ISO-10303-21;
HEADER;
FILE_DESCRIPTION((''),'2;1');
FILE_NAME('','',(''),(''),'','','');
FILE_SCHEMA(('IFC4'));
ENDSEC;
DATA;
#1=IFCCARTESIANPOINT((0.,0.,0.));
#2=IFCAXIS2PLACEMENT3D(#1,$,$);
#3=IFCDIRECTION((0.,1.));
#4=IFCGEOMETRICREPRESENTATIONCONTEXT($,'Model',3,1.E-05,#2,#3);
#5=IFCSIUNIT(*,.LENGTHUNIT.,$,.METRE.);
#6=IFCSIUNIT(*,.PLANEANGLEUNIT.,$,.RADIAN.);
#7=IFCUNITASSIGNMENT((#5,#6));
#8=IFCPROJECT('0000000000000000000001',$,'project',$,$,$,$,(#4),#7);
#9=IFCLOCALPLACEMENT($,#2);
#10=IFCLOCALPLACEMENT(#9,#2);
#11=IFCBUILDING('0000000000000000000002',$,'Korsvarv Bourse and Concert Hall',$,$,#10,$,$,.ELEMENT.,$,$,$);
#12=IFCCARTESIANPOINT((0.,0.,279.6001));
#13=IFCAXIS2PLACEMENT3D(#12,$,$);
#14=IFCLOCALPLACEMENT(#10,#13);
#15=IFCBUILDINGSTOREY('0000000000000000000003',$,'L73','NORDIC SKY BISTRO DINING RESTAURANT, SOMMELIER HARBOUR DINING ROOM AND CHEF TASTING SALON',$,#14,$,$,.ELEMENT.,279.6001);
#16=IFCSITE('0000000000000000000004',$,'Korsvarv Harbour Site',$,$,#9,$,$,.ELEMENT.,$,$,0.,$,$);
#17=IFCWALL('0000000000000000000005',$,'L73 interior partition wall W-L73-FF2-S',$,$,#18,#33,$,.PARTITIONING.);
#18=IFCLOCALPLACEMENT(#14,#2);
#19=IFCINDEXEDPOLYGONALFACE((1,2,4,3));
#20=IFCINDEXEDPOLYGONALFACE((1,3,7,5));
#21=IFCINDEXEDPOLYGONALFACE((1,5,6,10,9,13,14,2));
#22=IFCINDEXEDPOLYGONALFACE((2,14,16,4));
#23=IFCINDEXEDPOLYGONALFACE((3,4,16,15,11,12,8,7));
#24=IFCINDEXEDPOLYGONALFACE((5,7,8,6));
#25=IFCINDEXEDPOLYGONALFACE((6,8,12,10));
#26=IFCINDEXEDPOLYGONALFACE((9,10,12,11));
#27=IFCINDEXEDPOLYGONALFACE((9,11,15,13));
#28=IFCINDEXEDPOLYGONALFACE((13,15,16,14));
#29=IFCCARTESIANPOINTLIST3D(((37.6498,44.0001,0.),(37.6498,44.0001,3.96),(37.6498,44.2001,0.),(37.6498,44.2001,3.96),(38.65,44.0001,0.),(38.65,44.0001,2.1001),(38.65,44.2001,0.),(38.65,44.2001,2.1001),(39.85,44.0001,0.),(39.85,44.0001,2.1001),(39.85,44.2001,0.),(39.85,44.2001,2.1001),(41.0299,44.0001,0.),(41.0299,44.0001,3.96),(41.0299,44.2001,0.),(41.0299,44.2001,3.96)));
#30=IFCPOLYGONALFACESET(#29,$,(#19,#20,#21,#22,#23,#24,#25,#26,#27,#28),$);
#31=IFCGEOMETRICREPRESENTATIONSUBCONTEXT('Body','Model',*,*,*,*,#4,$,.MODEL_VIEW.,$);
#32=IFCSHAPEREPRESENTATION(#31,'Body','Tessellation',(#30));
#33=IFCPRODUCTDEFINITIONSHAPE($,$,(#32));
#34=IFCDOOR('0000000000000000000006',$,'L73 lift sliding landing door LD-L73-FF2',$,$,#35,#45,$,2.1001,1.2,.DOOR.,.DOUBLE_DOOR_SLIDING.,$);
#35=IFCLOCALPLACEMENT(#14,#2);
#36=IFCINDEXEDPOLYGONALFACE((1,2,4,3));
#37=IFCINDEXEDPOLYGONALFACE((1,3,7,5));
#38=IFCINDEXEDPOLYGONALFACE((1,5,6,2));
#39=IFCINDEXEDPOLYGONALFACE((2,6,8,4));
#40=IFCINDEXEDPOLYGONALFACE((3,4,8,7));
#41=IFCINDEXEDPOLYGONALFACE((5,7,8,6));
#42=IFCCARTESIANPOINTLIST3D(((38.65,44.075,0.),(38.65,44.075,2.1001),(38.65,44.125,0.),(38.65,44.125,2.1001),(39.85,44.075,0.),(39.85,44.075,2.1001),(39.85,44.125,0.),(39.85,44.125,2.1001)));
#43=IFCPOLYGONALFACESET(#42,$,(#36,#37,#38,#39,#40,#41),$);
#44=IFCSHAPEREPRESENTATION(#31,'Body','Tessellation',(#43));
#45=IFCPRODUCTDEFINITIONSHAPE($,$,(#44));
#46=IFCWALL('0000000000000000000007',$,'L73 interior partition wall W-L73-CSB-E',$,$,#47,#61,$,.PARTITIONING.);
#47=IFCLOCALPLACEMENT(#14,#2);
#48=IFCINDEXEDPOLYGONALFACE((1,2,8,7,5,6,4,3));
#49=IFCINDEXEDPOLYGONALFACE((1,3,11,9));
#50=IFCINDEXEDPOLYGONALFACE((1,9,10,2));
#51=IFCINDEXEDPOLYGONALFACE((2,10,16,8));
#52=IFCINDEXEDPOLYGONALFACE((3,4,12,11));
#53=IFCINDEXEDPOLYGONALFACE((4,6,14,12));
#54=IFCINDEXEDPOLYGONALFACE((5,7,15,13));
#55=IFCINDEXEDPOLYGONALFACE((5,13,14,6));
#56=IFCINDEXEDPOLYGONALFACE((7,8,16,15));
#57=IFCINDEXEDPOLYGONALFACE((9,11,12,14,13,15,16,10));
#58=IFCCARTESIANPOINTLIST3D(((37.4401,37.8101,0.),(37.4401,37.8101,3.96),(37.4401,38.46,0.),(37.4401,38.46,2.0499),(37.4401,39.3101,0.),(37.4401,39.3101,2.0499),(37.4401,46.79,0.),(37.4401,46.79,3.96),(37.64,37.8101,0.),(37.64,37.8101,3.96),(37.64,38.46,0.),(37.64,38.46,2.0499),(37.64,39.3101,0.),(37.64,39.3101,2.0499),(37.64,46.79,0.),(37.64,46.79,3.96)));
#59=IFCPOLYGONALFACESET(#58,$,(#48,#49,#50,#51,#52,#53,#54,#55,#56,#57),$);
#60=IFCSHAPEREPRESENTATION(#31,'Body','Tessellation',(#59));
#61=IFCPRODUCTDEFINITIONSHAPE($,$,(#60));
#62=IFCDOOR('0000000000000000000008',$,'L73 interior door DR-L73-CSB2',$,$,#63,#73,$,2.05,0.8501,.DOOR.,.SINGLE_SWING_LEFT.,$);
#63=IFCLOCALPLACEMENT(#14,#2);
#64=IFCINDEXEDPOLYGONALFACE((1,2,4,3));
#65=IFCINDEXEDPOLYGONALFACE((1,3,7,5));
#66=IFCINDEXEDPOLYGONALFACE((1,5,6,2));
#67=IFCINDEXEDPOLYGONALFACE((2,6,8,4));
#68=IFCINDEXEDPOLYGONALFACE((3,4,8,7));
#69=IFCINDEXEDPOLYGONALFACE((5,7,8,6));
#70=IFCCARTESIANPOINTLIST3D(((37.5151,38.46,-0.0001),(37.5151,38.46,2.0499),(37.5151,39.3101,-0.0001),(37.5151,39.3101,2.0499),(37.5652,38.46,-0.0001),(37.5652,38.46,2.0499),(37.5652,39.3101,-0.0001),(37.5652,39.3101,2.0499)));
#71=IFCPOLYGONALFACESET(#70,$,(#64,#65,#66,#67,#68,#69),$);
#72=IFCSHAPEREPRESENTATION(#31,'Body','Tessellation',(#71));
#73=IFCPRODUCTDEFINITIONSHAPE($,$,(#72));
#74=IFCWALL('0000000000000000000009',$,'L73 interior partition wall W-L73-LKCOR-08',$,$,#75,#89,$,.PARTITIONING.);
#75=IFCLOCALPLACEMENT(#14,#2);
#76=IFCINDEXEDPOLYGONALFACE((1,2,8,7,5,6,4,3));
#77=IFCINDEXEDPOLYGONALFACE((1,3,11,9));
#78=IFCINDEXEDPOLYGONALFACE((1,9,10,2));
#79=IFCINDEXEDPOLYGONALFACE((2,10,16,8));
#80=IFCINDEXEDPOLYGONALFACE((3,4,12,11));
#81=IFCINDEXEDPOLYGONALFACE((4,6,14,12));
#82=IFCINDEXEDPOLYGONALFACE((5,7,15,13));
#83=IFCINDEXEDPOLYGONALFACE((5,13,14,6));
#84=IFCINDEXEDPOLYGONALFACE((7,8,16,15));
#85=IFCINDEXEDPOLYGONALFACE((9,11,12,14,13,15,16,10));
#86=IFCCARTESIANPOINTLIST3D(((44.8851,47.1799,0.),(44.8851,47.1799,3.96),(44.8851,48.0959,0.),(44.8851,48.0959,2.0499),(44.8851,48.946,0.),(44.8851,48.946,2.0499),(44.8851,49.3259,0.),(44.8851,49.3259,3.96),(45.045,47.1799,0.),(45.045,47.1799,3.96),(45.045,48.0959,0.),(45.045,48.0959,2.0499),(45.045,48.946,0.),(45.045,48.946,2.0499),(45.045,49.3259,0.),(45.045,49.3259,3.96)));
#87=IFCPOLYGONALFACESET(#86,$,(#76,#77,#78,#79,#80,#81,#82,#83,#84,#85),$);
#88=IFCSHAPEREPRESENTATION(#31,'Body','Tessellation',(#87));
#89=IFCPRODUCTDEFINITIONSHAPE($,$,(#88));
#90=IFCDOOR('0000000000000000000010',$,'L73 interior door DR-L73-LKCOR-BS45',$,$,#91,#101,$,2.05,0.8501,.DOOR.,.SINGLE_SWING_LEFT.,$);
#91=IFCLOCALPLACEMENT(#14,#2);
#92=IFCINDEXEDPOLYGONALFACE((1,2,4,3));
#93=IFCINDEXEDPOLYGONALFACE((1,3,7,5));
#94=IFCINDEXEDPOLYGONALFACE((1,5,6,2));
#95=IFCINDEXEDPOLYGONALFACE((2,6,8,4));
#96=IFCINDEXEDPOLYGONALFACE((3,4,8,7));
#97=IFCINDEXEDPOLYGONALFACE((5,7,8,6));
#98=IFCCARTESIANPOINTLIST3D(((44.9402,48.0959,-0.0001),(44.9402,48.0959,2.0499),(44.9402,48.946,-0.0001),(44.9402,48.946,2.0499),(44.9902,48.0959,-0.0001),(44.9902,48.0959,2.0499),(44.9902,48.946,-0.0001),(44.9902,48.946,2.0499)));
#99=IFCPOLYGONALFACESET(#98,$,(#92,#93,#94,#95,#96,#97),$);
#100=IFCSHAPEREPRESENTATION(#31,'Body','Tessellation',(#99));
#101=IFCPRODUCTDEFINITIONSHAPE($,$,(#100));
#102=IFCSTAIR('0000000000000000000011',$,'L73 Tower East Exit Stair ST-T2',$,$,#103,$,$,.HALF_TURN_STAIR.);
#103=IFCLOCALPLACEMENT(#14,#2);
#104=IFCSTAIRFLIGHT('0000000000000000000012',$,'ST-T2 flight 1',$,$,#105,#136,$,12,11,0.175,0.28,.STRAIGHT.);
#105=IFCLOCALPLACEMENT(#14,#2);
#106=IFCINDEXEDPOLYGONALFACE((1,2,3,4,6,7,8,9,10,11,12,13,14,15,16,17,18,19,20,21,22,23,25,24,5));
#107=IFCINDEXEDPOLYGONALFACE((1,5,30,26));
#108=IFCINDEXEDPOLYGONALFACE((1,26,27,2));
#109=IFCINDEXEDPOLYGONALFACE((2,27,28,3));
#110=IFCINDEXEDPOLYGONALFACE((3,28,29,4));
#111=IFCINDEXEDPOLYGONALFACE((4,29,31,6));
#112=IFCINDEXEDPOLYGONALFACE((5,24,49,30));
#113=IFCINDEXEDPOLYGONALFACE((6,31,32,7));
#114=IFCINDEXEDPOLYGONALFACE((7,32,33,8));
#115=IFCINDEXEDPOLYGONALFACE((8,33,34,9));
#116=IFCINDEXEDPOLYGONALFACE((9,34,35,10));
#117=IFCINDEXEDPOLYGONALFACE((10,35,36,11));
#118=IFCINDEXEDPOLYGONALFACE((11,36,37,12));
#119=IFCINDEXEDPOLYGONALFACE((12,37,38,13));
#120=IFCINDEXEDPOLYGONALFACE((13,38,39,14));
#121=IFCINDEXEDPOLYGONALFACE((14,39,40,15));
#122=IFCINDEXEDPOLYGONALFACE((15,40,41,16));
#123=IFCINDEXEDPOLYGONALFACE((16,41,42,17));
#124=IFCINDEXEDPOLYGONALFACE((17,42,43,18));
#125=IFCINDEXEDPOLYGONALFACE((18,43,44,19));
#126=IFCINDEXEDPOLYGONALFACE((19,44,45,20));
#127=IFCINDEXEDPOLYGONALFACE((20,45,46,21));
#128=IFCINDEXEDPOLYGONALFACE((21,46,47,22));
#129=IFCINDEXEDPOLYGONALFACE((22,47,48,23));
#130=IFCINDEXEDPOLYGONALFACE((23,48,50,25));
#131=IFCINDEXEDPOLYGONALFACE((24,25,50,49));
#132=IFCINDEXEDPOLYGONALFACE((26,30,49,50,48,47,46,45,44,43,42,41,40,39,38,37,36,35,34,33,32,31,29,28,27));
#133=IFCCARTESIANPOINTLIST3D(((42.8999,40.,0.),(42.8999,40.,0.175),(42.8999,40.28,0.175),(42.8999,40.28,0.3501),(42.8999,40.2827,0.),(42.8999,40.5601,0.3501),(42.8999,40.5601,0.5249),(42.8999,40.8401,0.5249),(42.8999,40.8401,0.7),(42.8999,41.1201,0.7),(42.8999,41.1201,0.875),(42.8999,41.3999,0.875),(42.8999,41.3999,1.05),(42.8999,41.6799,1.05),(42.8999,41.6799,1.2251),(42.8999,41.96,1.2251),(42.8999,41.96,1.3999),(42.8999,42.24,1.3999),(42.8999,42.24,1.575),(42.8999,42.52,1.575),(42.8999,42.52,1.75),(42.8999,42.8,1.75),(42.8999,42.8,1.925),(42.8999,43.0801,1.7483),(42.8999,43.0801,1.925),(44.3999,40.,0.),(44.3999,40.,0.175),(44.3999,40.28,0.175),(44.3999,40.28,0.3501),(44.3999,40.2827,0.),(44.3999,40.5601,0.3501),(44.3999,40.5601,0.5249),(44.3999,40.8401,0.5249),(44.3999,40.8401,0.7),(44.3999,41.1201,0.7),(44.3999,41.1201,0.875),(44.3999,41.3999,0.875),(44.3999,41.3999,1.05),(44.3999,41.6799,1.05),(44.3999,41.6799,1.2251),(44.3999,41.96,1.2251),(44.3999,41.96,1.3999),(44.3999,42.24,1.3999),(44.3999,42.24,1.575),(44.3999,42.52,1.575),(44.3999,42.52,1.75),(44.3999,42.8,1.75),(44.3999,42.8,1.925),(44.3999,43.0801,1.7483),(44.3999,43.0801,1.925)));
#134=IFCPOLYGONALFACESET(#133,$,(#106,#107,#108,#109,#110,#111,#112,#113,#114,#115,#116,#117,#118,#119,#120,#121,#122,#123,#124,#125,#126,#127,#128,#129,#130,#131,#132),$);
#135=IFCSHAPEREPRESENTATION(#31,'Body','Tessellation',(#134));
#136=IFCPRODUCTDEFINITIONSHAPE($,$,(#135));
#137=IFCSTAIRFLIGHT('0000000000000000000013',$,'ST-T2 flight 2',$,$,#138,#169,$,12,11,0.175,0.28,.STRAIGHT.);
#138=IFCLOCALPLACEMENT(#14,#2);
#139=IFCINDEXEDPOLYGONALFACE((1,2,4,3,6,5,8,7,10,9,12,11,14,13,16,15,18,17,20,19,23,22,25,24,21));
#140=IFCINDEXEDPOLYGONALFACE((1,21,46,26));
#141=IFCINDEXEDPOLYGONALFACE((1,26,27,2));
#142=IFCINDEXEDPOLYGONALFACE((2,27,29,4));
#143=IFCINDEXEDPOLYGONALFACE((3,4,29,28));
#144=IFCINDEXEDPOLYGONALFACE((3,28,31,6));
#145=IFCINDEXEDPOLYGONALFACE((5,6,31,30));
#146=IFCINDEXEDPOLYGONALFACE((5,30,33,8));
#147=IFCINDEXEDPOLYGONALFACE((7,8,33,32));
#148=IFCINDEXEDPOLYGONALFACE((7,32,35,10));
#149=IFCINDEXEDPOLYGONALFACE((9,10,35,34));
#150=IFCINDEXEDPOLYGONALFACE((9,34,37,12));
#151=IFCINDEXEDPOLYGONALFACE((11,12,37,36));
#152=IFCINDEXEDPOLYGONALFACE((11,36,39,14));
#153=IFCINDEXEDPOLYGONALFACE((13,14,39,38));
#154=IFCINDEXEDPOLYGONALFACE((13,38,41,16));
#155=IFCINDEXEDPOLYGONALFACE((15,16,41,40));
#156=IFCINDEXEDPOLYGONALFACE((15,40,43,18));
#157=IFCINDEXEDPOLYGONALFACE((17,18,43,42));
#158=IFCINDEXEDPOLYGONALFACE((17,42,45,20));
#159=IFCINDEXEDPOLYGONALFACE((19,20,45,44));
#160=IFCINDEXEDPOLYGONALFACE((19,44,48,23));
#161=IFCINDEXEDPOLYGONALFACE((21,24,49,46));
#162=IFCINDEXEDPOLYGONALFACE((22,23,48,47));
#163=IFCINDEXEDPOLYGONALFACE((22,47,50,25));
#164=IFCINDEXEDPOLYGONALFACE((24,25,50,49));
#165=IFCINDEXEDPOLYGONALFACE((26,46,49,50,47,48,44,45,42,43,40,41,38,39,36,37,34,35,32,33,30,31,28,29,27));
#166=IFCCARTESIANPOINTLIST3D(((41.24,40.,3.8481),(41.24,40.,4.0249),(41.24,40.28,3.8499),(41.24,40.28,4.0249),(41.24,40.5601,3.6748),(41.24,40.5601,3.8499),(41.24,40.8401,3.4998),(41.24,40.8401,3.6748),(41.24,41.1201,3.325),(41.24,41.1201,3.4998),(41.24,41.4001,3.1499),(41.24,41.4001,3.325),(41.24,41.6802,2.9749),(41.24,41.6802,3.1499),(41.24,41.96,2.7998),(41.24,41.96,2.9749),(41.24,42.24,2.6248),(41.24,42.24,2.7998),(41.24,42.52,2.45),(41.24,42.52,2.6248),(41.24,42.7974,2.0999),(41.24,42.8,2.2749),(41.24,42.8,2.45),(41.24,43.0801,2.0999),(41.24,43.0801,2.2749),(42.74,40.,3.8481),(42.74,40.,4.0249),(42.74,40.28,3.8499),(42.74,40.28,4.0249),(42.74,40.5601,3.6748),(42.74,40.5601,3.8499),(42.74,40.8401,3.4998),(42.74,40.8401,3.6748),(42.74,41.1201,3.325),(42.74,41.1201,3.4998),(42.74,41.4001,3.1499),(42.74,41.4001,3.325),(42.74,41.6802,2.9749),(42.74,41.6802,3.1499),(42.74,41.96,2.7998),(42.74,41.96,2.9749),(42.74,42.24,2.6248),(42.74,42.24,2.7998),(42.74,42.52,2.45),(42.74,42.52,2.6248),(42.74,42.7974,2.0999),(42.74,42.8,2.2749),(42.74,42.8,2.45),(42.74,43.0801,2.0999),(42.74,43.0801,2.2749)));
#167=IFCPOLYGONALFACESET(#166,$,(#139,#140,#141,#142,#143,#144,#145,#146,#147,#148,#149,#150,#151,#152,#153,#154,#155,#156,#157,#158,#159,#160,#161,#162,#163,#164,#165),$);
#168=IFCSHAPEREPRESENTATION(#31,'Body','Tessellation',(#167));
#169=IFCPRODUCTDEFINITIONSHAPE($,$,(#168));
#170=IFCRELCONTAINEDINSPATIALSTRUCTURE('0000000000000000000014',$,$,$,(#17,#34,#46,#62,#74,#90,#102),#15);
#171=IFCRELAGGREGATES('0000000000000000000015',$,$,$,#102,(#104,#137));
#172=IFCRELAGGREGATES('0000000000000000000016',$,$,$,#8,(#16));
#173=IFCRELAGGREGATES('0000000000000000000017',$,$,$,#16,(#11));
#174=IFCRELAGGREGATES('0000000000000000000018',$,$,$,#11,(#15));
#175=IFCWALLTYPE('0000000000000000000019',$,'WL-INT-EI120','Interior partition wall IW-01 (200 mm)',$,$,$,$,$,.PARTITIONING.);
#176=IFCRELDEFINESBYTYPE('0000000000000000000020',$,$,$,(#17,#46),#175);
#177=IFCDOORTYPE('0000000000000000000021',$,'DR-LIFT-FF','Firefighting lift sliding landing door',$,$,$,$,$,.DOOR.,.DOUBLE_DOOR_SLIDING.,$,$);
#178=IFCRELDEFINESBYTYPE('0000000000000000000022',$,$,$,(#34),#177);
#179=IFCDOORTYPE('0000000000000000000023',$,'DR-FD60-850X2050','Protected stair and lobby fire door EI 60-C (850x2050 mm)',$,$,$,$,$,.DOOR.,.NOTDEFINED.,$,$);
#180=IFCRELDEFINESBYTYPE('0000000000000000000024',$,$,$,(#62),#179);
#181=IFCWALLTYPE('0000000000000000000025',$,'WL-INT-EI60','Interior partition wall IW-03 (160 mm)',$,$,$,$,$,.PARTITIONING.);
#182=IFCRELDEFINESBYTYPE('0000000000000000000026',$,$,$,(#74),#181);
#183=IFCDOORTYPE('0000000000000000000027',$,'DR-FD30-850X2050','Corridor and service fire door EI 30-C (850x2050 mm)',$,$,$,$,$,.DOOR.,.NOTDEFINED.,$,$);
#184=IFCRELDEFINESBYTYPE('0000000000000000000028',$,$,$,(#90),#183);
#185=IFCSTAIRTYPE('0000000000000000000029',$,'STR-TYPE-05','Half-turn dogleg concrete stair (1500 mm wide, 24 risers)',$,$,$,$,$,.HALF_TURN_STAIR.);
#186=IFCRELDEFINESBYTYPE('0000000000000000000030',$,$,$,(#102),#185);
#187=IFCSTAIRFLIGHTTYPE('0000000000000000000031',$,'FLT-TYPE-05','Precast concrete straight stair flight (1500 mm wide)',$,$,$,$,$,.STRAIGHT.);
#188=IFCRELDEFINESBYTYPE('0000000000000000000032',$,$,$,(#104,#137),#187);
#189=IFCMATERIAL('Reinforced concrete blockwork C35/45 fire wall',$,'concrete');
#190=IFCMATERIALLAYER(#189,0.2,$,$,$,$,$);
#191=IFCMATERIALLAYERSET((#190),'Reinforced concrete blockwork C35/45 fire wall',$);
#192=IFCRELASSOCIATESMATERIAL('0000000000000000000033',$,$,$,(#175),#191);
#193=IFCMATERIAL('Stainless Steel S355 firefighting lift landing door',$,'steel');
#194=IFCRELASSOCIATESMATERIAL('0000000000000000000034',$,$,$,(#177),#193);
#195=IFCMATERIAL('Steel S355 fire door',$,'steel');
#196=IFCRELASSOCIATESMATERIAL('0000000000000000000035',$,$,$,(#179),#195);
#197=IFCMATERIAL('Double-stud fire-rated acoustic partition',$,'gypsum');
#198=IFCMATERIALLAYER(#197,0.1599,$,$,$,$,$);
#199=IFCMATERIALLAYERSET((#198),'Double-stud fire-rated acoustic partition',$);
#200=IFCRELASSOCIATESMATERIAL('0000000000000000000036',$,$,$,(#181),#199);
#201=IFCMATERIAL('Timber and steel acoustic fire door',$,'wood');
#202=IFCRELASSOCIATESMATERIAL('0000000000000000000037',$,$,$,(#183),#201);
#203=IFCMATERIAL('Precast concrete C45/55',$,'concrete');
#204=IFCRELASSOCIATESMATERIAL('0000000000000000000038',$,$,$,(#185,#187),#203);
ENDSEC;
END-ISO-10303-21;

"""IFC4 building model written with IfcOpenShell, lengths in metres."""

from ifc_helpers import new_model, si_unit, direction, frame, frame_2d, origin, place, context, subcontext, project, spatial, polyline, rectangle, outline, extrude, material, layer, layer_set, type_object, element, fill, aggregate, save


model = new_model("IFC4")

# Units and contexts
model_context = context("Model", 3, precision=1e-05, world=origin(), true_north=direction((0.0, 1.0)))
body_context = subcontext(model_context, "Body", "Model", "MODEL_VIEW")
ifc_project = project(units=[si_unit("LENGTHUNIT", "METRE"), si_unit("PLANEANGLEUNIT", "RADIAN")], contexts=[model_context])

# Site, building, storey
site_placement = place(None, origin())
site = spatial("IfcSite", under=ifc_project, at=site_placement, Name="Korsvarv Harbour Site", CompositionType="ELEMENT", RefElevation=0.0)
building_placement = place(site_placement, origin())
building = spatial("IfcBuilding", under=site, at=building_placement, Name="Korsvarv Bourse and Concert Hall", CompositionType="ELEMENT")
storey_placement = place(building_placement, frame((0.0, 0.0, 279.6001)))
storey = spatial("IfcBuildingStorey", under=building, at=storey_placement, Name="L73", Description="NORDIC SKY BISTRO DINING RESTAURANT, SOMMELIER HARBOUR DINING ROOM AND CHEF TASTING SALON", CompositionType="ELEMENT", Elevation=279.6001)

# Shared definitions
ifc_material_1 = material(Name="Steel S355 fire door", Category="steel")

# Walls, openings, doors
ifc_material_2 = material(Name="Reinforced concrete blockwork C35/45 fire wall", Category="concrete")
ifc_layer_1 = layer(ifc_material_2, 0.2)
ifc_layer_set_1 = layer_set([ifc_layer_1], Name="Reinforced concrete blockwork C35/45 fire wall")
wall_type_1 = type_object("IfcWallType", Name="WL-INT-EI120", Description="Interior partition wall IW-01 (200 mm)", PredefinedType="PARTITIONING", material=ifc_layer_set_1)
wall_1_placement = place(storey_placement, frame((37.6499, 44.1001, 0.0), z_axis=(0.0, 0.0, 1.0), x_axis=(1.0, 0.0, 0.0)))
wall_1 = element("IfcWall", 1, at=wall_1_placement, inside=storey, type_object=wall_type_1, Name="L73 interior partition wall W-L73-FF2-S", PredefinedType="PARTITIONING", context=body_context, shape_type="SweptSolid", body=[
    extrude(rectangle(XDim=3.3801, YDim=0.2, at=frame_2d((1.6899, 0.0))), origin(), (0.0, 0.0, 1.0), 3.96),
])
opening_1_placement = place(wall_1_placement, frame((1.0, 0.0, 0.0)))
opening_1 = element("IfcOpeningElement", 2, at=opening_1_placement, cuts=wall_1, PredefinedType="OPENING", context=body_context, shape_type="SweptSolid", body=[
    extrude(rectangle(XDim=1.2, YDim=2.1001, at=frame_2d((0.6001, 1.05))), frame((0.0, 0.1099, 0.0), z_axis=(0.0, -1.0, 0.0), x_axis=(1.0, 0.0, 0.0)), (0.0, 0.0, 1.0), 0.22),
])
ifc_material_3 = material(Name="Stainless Steel S355 firefighting lift landing door", Category="steel")
door_type_1 = type_object("IfcDoorType", Name="DR-LIFT-FF", Description="Firefighting lift sliding landing door", OperationType="DOUBLE_DOOR_SLIDING", PredefinedType="DOOR", material=ifc_material_3)
door_1_placement = place(opening_1_placement, origin())
door_1 = element("IfcDoor", 3, at=door_1_placement, inside=storey, type_object=door_type_1, Name="L73 lift sliding landing door LD-L73-FF2", OperationType="DOUBLE_DOOR_SLIDING", OverallHeight=2.1001, OverallWidth=1.2, PredefinedType="DOOR", context=body_context, shape_type="SweptSolid", body=[
    extrude(rectangle(XDim=1.2, YDim=2.1001, at=frame_2d((0.6001, 1.05))), frame((0.0, 0.0249, 0.0), z_axis=(0.0, -1.0, 0.0), x_axis=(1.0, 0.0, 0.0)), (0.0, 0.0, 1.0), 0.05),
])
fill(opening_1, door_1)
wall_2_placement = place(storey_placement, frame((37.54, 37.8101, 0.0), z_axis=(0.0, 0.0, 1.0), x_axis=(0.0, 1.0, 0.0)))
wall_2 = element("IfcWall", 4, at=wall_2_placement, inside=storey, type_object=wall_type_1, Name="L73 interior partition wall W-L73-CSB-E", PredefinedType="PARTITIONING", context=body_context, shape_type="SweptSolid", body=[
    extrude(rectangle(XDim=8.98, YDim=0.2, at=frame_2d((4.49, 0.0))), origin(), (0.0, 0.0, 1.0), 3.96),
])
opening_2_placement = place(wall_2_placement, frame((0.6499, 0.0, 0.0)))
opening_2 = element("IfcOpeningElement", 5, at=opening_2_placement, cuts=wall_2, PredefinedType="OPENING", context=body_context, shape_type="SweptSolid", body=[
    extrude(rectangle(XDim=0.8501, YDim=2.05, at=frame_2d((0.425, 1.0249))), frame((0.0, 0.1099, 0.0), z_axis=(0.0, -1.0, 0.0), x_axis=(1.0, 0.0, 0.0)), (0.0, 0.0, 1.0), 0.22),
])
door_type_2 = type_object("IfcDoorType", Name="DR-FD60-850X2050", Description="Protected stair and lobby fire door EI 60-C (850x2050 mm)", OperationType="NOTDEFINED", PredefinedType="DOOR", material=ifc_material_1)
door_2_placement = place(opening_2_placement, origin())
door_2 = element("IfcDoor", 6, at=door_2_placement, inside=storey, type_object=door_type_2, Name="L73 interior door DR-L73-CSB2", OperationType="SINGLE_SWING_LEFT", OverallHeight=2.05, OverallWidth=0.8501, PredefinedType="DOOR", context=body_context, shape_type="SweptSolid", body=[
    extrude(rectangle(XDim=0.8501, YDim=2.05, at=frame_2d((0.425, 1.0249))), frame((0.0, 0.0249, 0.0), z_axis=(0.0, -1.0, 0.0), x_axis=(1.0, 0.0, 0.0)), (0.0, 0.0, 1.0), 0.05),
])
fill(opening_2, door_2)
ifc_material_4 = material(Name="Double-stud fire-rated acoustic partition", Category="gypsum")
ifc_layer_2 = layer(ifc_material_4, 0.1599)
ifc_layer_set_2 = layer_set([ifc_layer_2], Name="Double-stud fire-rated acoustic partition")
wall_type_2 = type_object("IfcWallType", Name="WL-INT-EI60", Description="Interior partition wall IW-03 (160 mm)", PredefinedType="PARTITIONING", material=ifc_layer_set_2)
wall_3_placement = place(storey_placement, frame((44.9651, 47.1799, 0.0), z_axis=(0.0, 0.0, 1.0), x_axis=(0.0, 1.0, 0.0)))
wall_3 = element("IfcWall", 7, at=wall_3_placement, inside=storey, type_object=wall_type_2, Name="L73 interior partition wall W-L73-LKCOR-08", PredefinedType="PARTITIONING", context=body_context, shape_type="SweptSolid", body=[
    extrude(rectangle(XDim=2.146, YDim=0.1599, at=frame_2d((1.073, 0.0))), origin(), (0.0, 0.0, 1.0), 3.96),
])
opening_3_placement = place(wall_3_placement, frame((0.916, 0.0, 0.0)))
opening_3 = element("IfcOpeningElement", 8, at=opening_3_placement, cuts=wall_3, PredefinedType="OPENING", context=body_context, shape_type="SweptSolid", body=[
    extrude(rectangle(XDim=0.8501, YDim=2.05, at=frame_2d((0.425, 1.0249))), frame((0.0, 0.0898, 0.0), z_axis=(0.0, -1.0, 0.0), x_axis=(1.0, 0.0, 0.0)), (0.0, 0.0, 1.0), 0.1799),
])
ifc_material_5 = material(Name="Timber and steel acoustic fire door", Category="wood")
door_type_3 = type_object("IfcDoorType", Name="DR-FD30-850X2050", Description="Corridor and service fire door EI 30-C (850x2050 mm)", OperationType="NOTDEFINED", PredefinedType="DOOR", material=ifc_material_5)
door_3_placement = place(opening_3_placement, origin())
door_3 = element("IfcDoor", 9, at=door_3_placement, inside=storey, type_object=door_type_3, Name="L73 interior door DR-L73-LKCOR-BS45", OperationType="SINGLE_SWING_LEFT", OverallHeight=2.05, OverallWidth=0.8501, PredefinedType="DOOR", context=body_context, shape_type="SweptSolid", body=[
    extrude(rectangle(XDim=0.8501, YDim=2.05, at=frame_2d((0.425, 1.0249))), frame((0.0, 0.0249, 0.0), z_axis=(0.0, -1.0, 0.0), x_axis=(1.0, 0.0, 0.0)), (0.0, 0.0, 1.0), 0.05),
])
fill(opening_3, door_3)

# Stair, stair flights
ifc_material_6 = material(Name="Precast concrete C45/55", Category="concrete")
stair_type = type_object("IfcStairType", Name="STR-TYPE-05", Description="Half-turn dogleg concrete stair (1500 mm wide, 24 risers)", PredefinedType="HALF_TURN_STAIR", material=ifc_material_6)
stair_placement = place(storey_placement, origin())
stair = element("IfcStair", 10, at=stair_placement, inside=storey, type_object=stair_type, Name="L73 Tower East Exit Stair ST-T2", PredefinedType="HALF_TURN_STAIR")
stair_flight_type = type_object("IfcStairFlightType", Name="FLT-TYPE-05", Description="Precast concrete straight stair flight (1500 mm wide)", PredefinedType="STRAIGHT", material=ifc_material_6)
stair_flight_1_placement = place(storey_placement, frame((43.6499, 40.0, 0.0), z_axis=(0.0, 0.0, 1.0), x_axis=(0.0, 1.0, 0.0)))
stair_flight_1 = element("IfcStairFlight", 11, at=stair_flight_1_placement, type_object=stair_flight_type, Name="ST-T2 flight 1", NumberOfRisers=12, NumberOfTreads=11, PredefinedType="STRAIGHT", RiserHeight=0.175, TreadLength=0.28, context=body_context, shape_type="SweptSolid", body=[
    extrude(outline(polyline([(0.0, 0.0), (0.0, 0.175), (0.28, 0.175), (0.28, 0.3501), (0.5601, 0.3501), (0.5601, 0.5249), (0.8401, 0.5249), (0.8401, 0.7), (1.1201, 0.7), (1.1201, 0.875), (1.3999, 0.875), (1.3999, 1.05), (1.6799, 1.05), (1.6799, 1.2251), (1.96, 1.2251), (1.96, 1.3999), (2.24, 1.3999), (2.24, 1.575), (2.52, 1.575), (2.52, 1.75), (2.8, 1.75), (2.8, 1.925), (3.0801, 1.925), (3.0801, 2.1001), (3.0801, 1.7483), (0.2827, 0.0), (0.0, 0.0)])), frame((0.0, 0.75, 0.0), z_axis=(0.0, -1.0, 0.0), x_axis=(1.0, 0.0, 0.0)), (0.0, 0.0, 1.0), 1.5),
])
stair_flight_2_placement = place(storey_placement, frame((41.99, 43.0801, 2.0999), z_axis=(0.0, 0.0, 1.0), x_axis=(0.0, -1.0, 0.0)))
stair_flight_2 = element("IfcStairFlight", 12, at=stair_flight_2_placement, type_object=stair_flight_type, Name="ST-T2 flight 2", NumberOfRisers=12, NumberOfTreads=11, PredefinedType="STRAIGHT", RiserHeight=0.175, TreadLength=0.28, context=body_context, shape_type="SweptSolid", body=[
    extrude(outline(polyline([(0.0, 0.0), (0.0, 0.175), (0.28, 0.175), (0.28, 0.3501), (0.5601, 0.3501), (0.5601, 0.5249), (0.8401, 0.5249), (0.8401, 0.7), (1.1201, 0.7), (1.1201, 0.875), (1.3999, 0.875), (1.3999, 1.05), (1.6799, 1.05), (1.6799, 1.2251), (1.96, 1.2251), (1.96, 1.3999), (2.24, 1.3999), (2.24, 1.575), (2.52, 1.575), (2.52, 1.75), (2.8, 1.75), (2.8, 1.925), (3.0801, 1.925), (3.0801, 2.1001), (3.0801, 1.7483), (0.2827, 0.0), (0.0, 0.0)])), frame((0.0, 0.75, 0.0), z_axis=(0.0, -1.0, 0.0), x_axis=(1.0, 0.0, 0.0)), (0.0, 0.0, 1.0), 1.5),
])
aggregate(stair, [stair_flight_1, stair_flight_2])

save(model, "model.ifc")
